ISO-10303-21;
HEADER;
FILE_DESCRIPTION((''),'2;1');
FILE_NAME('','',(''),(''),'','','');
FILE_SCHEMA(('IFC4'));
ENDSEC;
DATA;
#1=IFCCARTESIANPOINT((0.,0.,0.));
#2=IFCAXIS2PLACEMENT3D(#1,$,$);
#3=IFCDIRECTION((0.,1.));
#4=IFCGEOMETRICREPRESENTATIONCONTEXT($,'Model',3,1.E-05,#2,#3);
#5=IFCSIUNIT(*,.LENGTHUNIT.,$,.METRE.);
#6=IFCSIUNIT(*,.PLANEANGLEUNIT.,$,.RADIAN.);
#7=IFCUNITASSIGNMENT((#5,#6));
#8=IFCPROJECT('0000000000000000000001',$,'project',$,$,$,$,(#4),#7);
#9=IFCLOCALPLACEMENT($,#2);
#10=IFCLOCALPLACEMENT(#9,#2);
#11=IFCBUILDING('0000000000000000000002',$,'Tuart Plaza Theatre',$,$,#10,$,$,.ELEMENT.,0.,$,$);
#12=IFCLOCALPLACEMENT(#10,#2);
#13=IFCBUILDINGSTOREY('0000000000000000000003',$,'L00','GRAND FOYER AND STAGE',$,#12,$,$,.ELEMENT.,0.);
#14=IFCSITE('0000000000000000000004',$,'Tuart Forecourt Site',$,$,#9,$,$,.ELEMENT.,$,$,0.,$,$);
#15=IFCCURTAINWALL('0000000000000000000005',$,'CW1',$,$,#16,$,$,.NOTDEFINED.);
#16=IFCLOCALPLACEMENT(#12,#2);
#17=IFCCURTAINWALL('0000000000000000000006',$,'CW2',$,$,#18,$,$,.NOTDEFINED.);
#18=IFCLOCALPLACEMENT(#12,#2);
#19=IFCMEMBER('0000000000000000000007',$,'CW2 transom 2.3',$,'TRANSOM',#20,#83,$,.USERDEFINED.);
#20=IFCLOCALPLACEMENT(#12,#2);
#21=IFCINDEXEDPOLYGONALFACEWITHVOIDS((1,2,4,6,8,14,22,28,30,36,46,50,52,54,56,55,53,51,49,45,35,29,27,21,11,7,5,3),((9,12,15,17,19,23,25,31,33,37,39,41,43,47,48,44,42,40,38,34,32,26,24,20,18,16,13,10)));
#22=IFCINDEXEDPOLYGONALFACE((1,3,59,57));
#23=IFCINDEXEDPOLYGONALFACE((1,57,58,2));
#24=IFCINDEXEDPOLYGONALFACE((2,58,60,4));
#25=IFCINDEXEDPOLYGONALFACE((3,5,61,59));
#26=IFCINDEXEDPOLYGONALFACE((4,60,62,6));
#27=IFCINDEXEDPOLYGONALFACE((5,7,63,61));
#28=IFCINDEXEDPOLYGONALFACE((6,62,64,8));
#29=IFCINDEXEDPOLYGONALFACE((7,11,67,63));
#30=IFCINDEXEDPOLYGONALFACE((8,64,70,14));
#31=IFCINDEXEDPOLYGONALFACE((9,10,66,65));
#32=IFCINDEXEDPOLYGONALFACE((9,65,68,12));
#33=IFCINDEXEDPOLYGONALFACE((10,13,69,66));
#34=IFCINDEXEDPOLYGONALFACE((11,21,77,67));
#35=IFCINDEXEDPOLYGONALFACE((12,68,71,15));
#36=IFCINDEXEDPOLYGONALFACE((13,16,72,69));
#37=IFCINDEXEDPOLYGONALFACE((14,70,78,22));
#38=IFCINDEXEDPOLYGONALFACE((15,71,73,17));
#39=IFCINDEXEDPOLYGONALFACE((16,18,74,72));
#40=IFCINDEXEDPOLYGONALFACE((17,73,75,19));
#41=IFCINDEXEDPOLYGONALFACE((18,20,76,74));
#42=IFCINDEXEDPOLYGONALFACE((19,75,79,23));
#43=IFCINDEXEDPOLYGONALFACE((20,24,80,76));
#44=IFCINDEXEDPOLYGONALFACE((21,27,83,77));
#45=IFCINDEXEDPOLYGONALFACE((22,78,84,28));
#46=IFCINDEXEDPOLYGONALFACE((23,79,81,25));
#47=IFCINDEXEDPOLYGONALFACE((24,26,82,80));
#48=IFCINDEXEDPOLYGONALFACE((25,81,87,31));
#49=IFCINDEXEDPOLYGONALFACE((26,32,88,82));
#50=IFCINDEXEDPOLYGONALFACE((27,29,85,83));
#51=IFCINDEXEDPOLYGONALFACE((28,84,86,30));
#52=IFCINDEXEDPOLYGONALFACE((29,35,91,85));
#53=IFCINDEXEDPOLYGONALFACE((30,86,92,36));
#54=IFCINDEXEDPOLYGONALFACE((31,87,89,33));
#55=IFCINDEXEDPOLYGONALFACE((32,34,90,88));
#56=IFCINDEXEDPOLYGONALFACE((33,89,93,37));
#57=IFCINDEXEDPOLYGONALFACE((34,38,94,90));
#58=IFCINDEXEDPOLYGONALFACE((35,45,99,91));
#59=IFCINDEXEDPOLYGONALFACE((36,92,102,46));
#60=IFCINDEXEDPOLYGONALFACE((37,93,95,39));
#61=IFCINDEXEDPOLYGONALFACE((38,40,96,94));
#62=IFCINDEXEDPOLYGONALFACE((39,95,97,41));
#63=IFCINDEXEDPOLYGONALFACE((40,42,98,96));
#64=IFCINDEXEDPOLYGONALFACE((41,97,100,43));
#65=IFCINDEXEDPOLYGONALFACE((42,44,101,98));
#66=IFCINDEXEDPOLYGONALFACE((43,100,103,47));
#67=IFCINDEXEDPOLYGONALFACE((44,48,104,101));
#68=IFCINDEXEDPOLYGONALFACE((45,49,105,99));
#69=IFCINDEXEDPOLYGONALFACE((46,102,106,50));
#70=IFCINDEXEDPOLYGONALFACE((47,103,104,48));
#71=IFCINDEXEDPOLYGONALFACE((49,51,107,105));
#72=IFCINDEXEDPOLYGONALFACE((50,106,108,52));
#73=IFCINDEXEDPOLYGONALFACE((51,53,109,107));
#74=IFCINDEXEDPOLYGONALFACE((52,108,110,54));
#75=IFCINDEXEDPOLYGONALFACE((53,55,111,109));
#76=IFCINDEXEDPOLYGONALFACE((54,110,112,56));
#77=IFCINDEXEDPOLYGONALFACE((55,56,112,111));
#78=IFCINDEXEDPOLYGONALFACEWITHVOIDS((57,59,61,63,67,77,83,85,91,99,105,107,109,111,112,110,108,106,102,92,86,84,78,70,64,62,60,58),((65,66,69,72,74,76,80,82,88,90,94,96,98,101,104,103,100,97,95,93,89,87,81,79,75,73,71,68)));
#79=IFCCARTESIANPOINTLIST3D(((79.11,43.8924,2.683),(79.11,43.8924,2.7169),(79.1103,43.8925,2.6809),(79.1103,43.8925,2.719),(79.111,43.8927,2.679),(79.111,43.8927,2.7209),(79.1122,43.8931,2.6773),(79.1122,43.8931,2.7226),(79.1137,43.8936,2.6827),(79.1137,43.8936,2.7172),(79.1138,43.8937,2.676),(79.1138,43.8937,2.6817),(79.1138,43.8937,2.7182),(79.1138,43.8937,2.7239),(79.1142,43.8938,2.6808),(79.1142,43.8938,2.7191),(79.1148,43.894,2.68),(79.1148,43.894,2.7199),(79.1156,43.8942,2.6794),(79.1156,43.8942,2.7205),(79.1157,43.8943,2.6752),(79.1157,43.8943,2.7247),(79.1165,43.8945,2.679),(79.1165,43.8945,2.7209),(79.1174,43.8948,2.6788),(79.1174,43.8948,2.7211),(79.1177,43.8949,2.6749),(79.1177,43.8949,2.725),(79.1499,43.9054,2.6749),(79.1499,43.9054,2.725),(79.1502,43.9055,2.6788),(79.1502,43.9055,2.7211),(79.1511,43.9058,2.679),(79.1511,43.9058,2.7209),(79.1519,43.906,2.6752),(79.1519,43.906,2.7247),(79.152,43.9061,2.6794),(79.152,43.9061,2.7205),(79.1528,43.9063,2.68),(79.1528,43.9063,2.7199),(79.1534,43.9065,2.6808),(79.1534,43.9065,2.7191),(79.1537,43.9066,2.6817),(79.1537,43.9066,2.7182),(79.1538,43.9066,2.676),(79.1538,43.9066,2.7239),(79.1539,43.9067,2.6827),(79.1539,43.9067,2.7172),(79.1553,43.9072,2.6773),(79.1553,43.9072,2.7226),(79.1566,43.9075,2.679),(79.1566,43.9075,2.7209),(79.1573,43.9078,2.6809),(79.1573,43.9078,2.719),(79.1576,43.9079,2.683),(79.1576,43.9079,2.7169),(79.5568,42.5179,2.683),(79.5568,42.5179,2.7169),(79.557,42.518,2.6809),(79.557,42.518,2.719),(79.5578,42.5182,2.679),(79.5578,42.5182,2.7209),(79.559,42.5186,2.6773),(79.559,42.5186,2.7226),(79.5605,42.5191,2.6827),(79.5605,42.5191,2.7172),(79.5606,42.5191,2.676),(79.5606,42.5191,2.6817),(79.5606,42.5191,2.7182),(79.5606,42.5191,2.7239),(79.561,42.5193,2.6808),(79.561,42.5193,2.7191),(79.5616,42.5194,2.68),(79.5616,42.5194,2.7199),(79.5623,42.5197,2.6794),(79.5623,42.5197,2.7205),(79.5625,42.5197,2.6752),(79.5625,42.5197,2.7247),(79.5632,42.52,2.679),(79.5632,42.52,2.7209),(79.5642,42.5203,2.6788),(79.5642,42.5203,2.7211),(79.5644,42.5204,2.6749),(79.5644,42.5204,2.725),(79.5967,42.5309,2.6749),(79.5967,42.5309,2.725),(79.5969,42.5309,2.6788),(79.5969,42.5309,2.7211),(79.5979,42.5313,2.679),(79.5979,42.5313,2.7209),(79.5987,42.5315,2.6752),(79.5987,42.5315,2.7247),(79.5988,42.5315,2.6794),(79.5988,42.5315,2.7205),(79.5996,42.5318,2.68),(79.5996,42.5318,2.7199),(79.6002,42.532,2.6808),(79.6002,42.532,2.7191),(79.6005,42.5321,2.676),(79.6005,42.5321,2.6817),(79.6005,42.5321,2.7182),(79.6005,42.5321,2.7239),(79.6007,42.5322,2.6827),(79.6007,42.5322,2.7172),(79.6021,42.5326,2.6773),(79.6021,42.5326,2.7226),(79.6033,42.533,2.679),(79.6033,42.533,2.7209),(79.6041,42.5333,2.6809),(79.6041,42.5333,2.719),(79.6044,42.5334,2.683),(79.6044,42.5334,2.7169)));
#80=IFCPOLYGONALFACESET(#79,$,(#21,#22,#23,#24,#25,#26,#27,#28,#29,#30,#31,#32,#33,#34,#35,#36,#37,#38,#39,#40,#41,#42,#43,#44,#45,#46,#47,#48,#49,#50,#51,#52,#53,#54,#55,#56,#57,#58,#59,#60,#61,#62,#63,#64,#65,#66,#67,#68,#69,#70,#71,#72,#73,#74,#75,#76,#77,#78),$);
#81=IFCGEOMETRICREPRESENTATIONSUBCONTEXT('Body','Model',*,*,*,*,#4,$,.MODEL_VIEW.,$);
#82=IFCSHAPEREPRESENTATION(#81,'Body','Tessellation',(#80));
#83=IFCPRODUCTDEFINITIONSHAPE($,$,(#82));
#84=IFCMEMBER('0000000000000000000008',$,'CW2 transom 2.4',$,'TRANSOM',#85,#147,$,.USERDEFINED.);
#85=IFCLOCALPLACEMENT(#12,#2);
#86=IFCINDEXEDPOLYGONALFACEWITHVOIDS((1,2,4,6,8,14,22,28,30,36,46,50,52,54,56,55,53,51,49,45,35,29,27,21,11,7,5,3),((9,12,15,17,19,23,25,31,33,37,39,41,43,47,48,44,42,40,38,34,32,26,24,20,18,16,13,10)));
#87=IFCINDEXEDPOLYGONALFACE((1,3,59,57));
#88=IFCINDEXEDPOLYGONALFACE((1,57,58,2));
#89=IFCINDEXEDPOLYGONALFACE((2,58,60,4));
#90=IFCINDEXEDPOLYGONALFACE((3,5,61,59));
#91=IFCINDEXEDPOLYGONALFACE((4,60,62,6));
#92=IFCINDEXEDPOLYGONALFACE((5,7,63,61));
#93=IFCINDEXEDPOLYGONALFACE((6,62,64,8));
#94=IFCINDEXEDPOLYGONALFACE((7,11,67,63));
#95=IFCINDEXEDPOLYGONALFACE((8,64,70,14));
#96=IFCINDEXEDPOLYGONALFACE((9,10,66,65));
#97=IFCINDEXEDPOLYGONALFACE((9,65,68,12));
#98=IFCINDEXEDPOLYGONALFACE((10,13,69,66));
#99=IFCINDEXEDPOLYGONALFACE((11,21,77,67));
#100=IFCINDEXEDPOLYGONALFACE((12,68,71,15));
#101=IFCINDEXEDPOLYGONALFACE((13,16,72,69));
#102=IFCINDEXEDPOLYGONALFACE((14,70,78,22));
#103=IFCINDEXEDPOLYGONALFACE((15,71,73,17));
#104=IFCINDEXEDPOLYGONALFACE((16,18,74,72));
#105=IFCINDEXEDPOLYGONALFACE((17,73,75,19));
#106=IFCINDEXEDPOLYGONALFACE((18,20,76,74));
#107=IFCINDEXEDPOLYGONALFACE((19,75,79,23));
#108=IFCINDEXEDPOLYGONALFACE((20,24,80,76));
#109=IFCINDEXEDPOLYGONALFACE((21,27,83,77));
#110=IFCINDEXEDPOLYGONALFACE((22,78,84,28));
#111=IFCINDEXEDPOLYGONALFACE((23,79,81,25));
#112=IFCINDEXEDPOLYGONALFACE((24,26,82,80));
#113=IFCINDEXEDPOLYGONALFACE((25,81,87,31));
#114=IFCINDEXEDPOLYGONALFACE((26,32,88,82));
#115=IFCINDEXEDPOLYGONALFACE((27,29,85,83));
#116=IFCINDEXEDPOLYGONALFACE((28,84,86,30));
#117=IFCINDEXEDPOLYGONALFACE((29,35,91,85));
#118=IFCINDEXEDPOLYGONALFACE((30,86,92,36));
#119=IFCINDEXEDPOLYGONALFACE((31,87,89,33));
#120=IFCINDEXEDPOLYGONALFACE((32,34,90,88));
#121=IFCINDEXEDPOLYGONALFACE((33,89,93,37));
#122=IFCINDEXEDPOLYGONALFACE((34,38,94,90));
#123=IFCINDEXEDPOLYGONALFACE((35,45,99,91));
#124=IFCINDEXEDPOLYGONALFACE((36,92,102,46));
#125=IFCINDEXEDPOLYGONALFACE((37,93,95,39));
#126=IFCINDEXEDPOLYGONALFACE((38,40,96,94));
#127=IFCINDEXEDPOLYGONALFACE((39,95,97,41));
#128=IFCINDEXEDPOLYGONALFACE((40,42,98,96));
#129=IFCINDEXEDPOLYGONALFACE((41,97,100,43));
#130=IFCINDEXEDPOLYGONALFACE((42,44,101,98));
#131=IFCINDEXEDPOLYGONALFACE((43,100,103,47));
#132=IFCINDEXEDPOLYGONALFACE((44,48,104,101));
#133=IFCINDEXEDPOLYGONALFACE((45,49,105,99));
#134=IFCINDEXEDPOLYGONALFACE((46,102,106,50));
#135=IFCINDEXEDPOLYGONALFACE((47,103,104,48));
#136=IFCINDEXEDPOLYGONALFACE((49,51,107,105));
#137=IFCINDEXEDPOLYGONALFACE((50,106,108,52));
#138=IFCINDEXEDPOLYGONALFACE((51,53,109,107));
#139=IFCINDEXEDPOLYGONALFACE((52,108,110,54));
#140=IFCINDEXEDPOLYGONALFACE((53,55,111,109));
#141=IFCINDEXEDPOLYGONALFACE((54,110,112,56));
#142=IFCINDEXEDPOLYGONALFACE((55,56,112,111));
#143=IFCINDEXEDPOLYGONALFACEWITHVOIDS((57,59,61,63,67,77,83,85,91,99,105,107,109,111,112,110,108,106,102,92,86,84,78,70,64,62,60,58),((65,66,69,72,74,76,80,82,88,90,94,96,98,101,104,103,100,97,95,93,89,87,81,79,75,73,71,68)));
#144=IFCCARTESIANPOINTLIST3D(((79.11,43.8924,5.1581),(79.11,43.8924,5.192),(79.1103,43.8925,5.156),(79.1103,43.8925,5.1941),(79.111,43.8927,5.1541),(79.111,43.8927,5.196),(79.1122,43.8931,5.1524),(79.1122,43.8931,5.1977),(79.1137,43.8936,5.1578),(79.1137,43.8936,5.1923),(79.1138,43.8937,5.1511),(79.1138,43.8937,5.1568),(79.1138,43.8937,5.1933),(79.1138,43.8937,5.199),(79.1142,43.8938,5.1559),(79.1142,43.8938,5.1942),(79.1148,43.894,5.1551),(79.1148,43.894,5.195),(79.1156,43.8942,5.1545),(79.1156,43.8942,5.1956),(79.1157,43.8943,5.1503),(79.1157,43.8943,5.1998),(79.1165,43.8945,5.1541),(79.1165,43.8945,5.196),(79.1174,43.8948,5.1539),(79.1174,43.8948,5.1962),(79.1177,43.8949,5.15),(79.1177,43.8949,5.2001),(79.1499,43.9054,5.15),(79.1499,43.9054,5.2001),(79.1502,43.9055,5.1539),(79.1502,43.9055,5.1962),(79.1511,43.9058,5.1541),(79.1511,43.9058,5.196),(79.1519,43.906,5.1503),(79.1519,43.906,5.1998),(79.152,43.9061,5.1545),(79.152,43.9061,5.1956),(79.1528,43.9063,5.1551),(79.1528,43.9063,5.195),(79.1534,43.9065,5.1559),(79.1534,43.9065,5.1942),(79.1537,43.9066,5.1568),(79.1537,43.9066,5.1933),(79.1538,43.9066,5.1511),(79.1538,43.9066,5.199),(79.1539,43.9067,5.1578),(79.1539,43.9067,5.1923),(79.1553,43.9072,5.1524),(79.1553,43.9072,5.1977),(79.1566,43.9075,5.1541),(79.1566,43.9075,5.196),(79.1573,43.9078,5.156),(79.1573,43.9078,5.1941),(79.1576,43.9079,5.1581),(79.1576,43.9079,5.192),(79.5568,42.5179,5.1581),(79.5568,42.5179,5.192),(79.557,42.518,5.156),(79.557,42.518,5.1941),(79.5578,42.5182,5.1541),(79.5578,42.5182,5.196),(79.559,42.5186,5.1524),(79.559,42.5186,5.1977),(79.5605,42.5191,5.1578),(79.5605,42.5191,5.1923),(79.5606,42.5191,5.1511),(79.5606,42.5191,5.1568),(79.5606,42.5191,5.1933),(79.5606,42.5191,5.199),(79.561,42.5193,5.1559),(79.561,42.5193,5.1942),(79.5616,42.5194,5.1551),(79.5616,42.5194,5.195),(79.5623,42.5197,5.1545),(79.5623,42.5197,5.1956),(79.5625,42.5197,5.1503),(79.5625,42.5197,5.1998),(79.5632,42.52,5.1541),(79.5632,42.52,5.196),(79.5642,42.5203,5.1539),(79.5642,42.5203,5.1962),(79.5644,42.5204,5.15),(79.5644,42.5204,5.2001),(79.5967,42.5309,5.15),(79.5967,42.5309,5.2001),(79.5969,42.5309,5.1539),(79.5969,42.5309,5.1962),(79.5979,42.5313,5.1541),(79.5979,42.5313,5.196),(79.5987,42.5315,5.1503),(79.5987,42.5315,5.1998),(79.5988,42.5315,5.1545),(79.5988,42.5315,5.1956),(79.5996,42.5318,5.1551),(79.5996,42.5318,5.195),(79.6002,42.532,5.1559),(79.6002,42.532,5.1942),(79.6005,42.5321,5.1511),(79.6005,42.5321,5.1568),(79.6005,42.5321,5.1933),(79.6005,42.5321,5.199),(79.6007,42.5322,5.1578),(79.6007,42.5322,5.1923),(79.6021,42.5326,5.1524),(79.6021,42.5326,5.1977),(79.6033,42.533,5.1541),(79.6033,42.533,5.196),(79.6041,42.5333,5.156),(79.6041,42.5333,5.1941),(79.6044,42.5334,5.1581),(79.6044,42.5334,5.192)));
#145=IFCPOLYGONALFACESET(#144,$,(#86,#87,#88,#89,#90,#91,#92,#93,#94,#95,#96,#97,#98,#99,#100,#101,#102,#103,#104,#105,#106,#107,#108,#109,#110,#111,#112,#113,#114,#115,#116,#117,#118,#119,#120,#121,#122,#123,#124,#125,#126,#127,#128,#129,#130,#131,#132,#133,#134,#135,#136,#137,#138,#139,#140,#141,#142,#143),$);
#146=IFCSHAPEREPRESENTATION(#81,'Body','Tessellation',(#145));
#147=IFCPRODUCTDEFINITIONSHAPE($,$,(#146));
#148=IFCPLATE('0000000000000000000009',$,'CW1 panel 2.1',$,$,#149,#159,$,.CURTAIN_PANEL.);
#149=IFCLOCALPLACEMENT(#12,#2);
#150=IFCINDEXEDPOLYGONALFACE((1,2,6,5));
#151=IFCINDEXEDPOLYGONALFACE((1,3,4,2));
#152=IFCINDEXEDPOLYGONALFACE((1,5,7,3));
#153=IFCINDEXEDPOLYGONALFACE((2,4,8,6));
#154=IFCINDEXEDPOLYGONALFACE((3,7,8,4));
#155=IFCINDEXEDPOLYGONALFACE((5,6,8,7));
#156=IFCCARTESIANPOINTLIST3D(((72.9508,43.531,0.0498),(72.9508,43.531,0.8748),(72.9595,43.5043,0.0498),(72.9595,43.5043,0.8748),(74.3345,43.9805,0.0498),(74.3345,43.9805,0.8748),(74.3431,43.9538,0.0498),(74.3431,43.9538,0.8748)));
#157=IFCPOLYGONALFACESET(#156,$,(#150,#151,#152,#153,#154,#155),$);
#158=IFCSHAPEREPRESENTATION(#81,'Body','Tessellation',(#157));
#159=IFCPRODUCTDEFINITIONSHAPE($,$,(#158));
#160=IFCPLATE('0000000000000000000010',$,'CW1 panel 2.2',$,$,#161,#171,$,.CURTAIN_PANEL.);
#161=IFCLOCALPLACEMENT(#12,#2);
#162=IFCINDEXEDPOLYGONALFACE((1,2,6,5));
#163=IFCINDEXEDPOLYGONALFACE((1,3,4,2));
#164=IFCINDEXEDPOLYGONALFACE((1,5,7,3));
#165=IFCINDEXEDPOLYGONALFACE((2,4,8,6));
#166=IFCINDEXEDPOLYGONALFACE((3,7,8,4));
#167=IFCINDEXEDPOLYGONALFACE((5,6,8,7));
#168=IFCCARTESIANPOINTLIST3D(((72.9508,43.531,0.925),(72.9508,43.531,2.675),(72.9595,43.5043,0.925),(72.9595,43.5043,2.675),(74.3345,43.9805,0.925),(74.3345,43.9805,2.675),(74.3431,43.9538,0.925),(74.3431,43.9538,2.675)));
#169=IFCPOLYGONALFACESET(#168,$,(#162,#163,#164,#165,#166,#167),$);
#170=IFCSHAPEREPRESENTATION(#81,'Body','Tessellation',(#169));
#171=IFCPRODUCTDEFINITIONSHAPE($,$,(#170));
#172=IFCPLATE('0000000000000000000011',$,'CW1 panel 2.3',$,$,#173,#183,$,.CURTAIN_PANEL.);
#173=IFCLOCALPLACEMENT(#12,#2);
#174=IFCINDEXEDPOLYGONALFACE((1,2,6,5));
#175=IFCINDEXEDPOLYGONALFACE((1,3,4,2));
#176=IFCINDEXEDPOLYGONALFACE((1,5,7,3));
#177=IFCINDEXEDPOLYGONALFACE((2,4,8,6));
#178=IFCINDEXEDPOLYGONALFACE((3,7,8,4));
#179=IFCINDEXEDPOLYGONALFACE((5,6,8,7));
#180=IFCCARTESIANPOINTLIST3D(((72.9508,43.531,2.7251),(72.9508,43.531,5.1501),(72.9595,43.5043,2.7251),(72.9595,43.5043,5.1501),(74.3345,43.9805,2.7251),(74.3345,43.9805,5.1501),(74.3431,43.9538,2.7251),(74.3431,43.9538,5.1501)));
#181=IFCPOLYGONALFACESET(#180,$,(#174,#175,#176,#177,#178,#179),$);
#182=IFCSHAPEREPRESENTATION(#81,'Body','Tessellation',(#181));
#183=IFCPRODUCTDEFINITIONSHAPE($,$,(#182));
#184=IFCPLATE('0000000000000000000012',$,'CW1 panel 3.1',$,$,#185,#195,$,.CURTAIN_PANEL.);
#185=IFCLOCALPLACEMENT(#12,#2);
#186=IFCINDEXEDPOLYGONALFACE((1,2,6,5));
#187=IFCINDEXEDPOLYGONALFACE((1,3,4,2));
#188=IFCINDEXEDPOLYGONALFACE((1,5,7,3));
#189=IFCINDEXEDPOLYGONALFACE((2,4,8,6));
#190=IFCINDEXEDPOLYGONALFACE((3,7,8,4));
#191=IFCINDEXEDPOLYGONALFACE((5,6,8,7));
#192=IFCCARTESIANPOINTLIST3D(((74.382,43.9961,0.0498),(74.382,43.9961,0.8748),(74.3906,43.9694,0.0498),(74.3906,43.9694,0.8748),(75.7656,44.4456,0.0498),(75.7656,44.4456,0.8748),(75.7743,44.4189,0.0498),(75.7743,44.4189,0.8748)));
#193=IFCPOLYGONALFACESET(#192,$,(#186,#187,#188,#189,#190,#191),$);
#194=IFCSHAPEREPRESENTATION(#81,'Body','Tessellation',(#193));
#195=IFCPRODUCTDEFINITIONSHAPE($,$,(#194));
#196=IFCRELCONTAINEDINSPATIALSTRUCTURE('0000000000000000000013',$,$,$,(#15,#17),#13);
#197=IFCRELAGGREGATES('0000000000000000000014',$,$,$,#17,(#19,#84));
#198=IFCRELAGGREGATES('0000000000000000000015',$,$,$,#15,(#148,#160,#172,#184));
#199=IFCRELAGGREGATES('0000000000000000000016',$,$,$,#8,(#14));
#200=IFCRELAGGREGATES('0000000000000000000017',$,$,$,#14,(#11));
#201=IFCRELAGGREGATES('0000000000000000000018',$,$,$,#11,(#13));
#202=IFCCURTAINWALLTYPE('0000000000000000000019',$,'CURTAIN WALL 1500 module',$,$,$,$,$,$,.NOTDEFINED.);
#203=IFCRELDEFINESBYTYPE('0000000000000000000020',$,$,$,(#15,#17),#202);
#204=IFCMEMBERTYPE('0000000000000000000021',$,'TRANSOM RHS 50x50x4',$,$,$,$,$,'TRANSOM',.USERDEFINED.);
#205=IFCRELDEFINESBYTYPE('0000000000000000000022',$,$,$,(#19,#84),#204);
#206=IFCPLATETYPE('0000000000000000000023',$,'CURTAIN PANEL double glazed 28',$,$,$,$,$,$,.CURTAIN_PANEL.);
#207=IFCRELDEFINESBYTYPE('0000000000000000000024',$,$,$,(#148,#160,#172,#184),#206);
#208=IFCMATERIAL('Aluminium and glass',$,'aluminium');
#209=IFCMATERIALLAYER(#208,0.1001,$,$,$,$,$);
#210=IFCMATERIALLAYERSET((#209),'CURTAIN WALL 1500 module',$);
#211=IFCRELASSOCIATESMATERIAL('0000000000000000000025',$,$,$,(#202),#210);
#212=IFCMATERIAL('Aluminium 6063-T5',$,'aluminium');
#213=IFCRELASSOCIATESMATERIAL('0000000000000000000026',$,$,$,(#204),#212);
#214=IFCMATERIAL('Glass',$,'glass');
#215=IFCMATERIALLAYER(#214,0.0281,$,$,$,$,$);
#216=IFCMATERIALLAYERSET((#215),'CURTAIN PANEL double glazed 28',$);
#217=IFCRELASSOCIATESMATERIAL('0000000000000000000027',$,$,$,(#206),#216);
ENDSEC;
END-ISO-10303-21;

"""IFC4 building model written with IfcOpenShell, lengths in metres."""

from ifc_helpers import new_model, si_unit, direction, frame, origin, origin_2d, place, context, subcontext, project, spatial, rectangle, hollow_rectangle, extrude, material, layer, layer_set, material_profile, profile_set, type_object, element, aggregate, save


model = new_model("IFC4")

# Units and contexts
model_context = context("Model", 3, precision=1e-05, world=origin(), true_north=direction((0.0, 1.0)))
body_context = subcontext(model_context, "Body", "Model", "MODEL_VIEW")
ifc_project = project(units=[si_unit("LENGTHUNIT", "METRE"), si_unit("PLANEANGLEUNIT", "RADIAN")], contexts=[model_context])

# Site, building, storey
site_placement = place(None, origin())
site = spatial("IfcSite", under=ifc_project, at=site_placement, Name="Tuart Forecourt Site", CompositionType="ELEMENT", RefElevation=0.0)
building_placement = place(site_placement, origin())
building = spatial("IfcBuilding", under=site, at=building_placement, Name="Tuart Plaza Theatre", CompositionType="ELEMENT", ElevationOfRefHeight=0.0)
storey_placement = place(building_placement, origin())
storey = spatial("IfcBuildingStorey", under=building, at=storey_placement, Name="L00", Description="GRAND FOYER AND STAGE", CompositionType="ELEMENT", Elevation=0.0)

# Curtain wall
ifc_material_1 = material(Name="Aluminium and glass", Category="aluminium")
ifc_layer_1 = layer(ifc_material_1, 0.1001)
ifc_layer_set_1 = layer_set([ifc_layer_1], Name="CURTAIN WALL 1500 module")
curtain_wall_type = type_object("IfcCurtainWallType", Name="CURTAIN WALL 1500 module", PredefinedType="NOTDEFINED", material=ifc_layer_set_1)
curtain_wall_1_placement = place(storey_placement, origin())
curtain_wall_1 = element("IfcCurtainWall", 1, at=curtain_wall_1_placement, inside=storey, type_object=curtain_wall_type, Name="CW1", PredefinedType="NOTDEFINED")

# Curtain wall
curtain_wall_2_placement = place(storey_placement, origin())
curtain_wall_2 = element("IfcCurtainWall", 2, at=curtain_wall_2_placement, inside=storey, type_object=curtain_wall_type, Name="CW2", PredefinedType="NOTDEFINED")

# Members
ifc_material_2 = material(Name="Aluminium 6063-T5", Category="aluminium")
ifc_material_profile_1 = material_profile(ifc_material_2, hollow_rectangle(XDim=0.05, YDim=0.05, WallThickness=0.0039, InnerFilletRadius=0.0039, OuterFilletRadius=0.0081, at=origin_2d()), Name="RHS 50x50x4")
ifc_profile_set_1 = profile_set([ifc_material_profile_1], Name="Aluminium 6063-T5")
member_type_1 = type_object("IfcMemberType", Name="TRANSOM RHS 50x50x4", ElementType="TRANSOM", PredefinedType="USERDEFINED", material=ifc_profile_set_1)
member_1_placement = place(storey_placement, frame((79.1338, 43.9001, 2.7), z_axis=(0.309124, -0.951022, 0.0), x_axis=(0.951022, 0.309124, 0.0)))
member_1 = element("IfcMember", 3, at=member_1_placement, type_object=member_type_1, Name="CW2 transom 2.3", ObjectType="TRANSOM", PredefinedType="USERDEFINED", context=body_context, shape_type="SweptSolid", body=[
    extrude(hollow_rectangle(XDim=0.05, YDim=0.05, WallThickness=0.0039, InnerFilletRadius=0.0039, OuterFilletRadius=0.0081, at=origin_2d()), origin(), (0.0, 0.0, 1.0), 1.4453),
])
member_2_placement = place(storey_placement, frame((79.1338, 43.9001, 5.175), z_axis=(0.309124, -0.951022, 0.0), x_axis=(0.951022, 0.309124, 0.0)))
member_2 = element("IfcMember", 4, at=member_2_placement, type_object=member_type_1, Name="CW2 transom 2.4", ObjectType="TRANSOM", PredefinedType="USERDEFINED", context=body_context, shape_type="SweptSolid", body=[
    extrude(hollow_rectangle(XDim=0.05, YDim=0.05, WallThickness=0.0039, InnerFilletRadius=0.0039, OuterFilletRadius=0.0081, at=origin_2d()), origin(), (0.0, 0.0, 1.0), 1.4453),
])
aggregate(curtain_wall_2, [member_1, member_2])

# Plates
ifc_material_3 = material(Name="Glass", Category="glass")
ifc_layer_2 = layer(ifc_material_3, 0.0281)
ifc_layer_set_2 = layer_set([ifc_layer_2], Name="CURTAIN PANEL double glazed 28")
plate_type = type_object("IfcPlateType", Name="CURTAIN PANEL double glazed 28", PredefinedType="CURTAIN_PANEL", material=ifc_layer_set_2)
plate_1_placement = place(storey_placement, frame((73.647, 43.7424, 0.0498), z_axis=(0.0, 0.0, 1.0), x_axis=(0.951067, 0.308986, 0.0)))
plate_1 = element("IfcPlate", 5, at=plate_1_placement, type_object=plate_type, Name="CW1 panel 2.1", PredefinedType="CURTAIN_PANEL", context=body_context, shape_type="SweptSolid", body=[
    extrude(rectangle(XDim=1.4548, YDim=0.0281, at=origin_2d()), origin(), (0.0, 0.0, 1.0), 0.825),
])
plate_2_placement = place(storey_placement, frame((73.647, 43.7424, 0.925), z_axis=(0.0, 0.0, 1.0), x_axis=(0.951067, 0.308986, 0.0)))
plate_2 = element("IfcPlate", 6, at=plate_2_placement, type_object=plate_type, Name="CW1 panel 2.2", PredefinedType="CURTAIN_PANEL", context=body_context, shape_type="SweptSolid", body=[
    extrude(rectangle(XDim=1.4548, YDim=0.0281, at=origin_2d()), origin(), (0.0, 0.0, 1.0), 1.75),
])
plate_3_placement = place(storey_placement, frame((73.647, 43.7424, 2.7251), z_axis=(0.0, 0.0, 1.0), x_axis=(0.951067, 0.308986, 0.0)))
plate_3 = element("IfcPlate", 7, at=plate_3_placement, type_object=plate_type, Name="CW1 panel 2.3", PredefinedType="CURTAIN_PANEL", context=body_context, shape_type="SweptSolid", body=[
    extrude(rectangle(XDim=1.4548, YDim=0.0281, at=origin_2d()), origin(), (0.0, 0.0, 1.0), 2.425),
])
plate_4_placement = place(storey_placement, frame((75.0781, 44.2075, 0.0498), z_axis=(0.0, 0.0, 1.0), x_axis=(0.951067, 0.308986, 0.0)))
plate_4 = element("IfcPlate", 8, at=plate_4_placement, type_object=plate_type, Name="CW1 panel 3.1", PredefinedType="CURTAIN_PANEL", context=body_context, shape_type="SweptSolid", body=[
    extrude(rectangle(XDim=1.4548, YDim=0.0281, at=origin_2d()), origin(), (0.0, 0.0, 1.0), 0.825),
])
aggregate(curtain_wall_1, [plate_1, plate_2, plate_3, plate_4])

save(model, "model.ifc")
